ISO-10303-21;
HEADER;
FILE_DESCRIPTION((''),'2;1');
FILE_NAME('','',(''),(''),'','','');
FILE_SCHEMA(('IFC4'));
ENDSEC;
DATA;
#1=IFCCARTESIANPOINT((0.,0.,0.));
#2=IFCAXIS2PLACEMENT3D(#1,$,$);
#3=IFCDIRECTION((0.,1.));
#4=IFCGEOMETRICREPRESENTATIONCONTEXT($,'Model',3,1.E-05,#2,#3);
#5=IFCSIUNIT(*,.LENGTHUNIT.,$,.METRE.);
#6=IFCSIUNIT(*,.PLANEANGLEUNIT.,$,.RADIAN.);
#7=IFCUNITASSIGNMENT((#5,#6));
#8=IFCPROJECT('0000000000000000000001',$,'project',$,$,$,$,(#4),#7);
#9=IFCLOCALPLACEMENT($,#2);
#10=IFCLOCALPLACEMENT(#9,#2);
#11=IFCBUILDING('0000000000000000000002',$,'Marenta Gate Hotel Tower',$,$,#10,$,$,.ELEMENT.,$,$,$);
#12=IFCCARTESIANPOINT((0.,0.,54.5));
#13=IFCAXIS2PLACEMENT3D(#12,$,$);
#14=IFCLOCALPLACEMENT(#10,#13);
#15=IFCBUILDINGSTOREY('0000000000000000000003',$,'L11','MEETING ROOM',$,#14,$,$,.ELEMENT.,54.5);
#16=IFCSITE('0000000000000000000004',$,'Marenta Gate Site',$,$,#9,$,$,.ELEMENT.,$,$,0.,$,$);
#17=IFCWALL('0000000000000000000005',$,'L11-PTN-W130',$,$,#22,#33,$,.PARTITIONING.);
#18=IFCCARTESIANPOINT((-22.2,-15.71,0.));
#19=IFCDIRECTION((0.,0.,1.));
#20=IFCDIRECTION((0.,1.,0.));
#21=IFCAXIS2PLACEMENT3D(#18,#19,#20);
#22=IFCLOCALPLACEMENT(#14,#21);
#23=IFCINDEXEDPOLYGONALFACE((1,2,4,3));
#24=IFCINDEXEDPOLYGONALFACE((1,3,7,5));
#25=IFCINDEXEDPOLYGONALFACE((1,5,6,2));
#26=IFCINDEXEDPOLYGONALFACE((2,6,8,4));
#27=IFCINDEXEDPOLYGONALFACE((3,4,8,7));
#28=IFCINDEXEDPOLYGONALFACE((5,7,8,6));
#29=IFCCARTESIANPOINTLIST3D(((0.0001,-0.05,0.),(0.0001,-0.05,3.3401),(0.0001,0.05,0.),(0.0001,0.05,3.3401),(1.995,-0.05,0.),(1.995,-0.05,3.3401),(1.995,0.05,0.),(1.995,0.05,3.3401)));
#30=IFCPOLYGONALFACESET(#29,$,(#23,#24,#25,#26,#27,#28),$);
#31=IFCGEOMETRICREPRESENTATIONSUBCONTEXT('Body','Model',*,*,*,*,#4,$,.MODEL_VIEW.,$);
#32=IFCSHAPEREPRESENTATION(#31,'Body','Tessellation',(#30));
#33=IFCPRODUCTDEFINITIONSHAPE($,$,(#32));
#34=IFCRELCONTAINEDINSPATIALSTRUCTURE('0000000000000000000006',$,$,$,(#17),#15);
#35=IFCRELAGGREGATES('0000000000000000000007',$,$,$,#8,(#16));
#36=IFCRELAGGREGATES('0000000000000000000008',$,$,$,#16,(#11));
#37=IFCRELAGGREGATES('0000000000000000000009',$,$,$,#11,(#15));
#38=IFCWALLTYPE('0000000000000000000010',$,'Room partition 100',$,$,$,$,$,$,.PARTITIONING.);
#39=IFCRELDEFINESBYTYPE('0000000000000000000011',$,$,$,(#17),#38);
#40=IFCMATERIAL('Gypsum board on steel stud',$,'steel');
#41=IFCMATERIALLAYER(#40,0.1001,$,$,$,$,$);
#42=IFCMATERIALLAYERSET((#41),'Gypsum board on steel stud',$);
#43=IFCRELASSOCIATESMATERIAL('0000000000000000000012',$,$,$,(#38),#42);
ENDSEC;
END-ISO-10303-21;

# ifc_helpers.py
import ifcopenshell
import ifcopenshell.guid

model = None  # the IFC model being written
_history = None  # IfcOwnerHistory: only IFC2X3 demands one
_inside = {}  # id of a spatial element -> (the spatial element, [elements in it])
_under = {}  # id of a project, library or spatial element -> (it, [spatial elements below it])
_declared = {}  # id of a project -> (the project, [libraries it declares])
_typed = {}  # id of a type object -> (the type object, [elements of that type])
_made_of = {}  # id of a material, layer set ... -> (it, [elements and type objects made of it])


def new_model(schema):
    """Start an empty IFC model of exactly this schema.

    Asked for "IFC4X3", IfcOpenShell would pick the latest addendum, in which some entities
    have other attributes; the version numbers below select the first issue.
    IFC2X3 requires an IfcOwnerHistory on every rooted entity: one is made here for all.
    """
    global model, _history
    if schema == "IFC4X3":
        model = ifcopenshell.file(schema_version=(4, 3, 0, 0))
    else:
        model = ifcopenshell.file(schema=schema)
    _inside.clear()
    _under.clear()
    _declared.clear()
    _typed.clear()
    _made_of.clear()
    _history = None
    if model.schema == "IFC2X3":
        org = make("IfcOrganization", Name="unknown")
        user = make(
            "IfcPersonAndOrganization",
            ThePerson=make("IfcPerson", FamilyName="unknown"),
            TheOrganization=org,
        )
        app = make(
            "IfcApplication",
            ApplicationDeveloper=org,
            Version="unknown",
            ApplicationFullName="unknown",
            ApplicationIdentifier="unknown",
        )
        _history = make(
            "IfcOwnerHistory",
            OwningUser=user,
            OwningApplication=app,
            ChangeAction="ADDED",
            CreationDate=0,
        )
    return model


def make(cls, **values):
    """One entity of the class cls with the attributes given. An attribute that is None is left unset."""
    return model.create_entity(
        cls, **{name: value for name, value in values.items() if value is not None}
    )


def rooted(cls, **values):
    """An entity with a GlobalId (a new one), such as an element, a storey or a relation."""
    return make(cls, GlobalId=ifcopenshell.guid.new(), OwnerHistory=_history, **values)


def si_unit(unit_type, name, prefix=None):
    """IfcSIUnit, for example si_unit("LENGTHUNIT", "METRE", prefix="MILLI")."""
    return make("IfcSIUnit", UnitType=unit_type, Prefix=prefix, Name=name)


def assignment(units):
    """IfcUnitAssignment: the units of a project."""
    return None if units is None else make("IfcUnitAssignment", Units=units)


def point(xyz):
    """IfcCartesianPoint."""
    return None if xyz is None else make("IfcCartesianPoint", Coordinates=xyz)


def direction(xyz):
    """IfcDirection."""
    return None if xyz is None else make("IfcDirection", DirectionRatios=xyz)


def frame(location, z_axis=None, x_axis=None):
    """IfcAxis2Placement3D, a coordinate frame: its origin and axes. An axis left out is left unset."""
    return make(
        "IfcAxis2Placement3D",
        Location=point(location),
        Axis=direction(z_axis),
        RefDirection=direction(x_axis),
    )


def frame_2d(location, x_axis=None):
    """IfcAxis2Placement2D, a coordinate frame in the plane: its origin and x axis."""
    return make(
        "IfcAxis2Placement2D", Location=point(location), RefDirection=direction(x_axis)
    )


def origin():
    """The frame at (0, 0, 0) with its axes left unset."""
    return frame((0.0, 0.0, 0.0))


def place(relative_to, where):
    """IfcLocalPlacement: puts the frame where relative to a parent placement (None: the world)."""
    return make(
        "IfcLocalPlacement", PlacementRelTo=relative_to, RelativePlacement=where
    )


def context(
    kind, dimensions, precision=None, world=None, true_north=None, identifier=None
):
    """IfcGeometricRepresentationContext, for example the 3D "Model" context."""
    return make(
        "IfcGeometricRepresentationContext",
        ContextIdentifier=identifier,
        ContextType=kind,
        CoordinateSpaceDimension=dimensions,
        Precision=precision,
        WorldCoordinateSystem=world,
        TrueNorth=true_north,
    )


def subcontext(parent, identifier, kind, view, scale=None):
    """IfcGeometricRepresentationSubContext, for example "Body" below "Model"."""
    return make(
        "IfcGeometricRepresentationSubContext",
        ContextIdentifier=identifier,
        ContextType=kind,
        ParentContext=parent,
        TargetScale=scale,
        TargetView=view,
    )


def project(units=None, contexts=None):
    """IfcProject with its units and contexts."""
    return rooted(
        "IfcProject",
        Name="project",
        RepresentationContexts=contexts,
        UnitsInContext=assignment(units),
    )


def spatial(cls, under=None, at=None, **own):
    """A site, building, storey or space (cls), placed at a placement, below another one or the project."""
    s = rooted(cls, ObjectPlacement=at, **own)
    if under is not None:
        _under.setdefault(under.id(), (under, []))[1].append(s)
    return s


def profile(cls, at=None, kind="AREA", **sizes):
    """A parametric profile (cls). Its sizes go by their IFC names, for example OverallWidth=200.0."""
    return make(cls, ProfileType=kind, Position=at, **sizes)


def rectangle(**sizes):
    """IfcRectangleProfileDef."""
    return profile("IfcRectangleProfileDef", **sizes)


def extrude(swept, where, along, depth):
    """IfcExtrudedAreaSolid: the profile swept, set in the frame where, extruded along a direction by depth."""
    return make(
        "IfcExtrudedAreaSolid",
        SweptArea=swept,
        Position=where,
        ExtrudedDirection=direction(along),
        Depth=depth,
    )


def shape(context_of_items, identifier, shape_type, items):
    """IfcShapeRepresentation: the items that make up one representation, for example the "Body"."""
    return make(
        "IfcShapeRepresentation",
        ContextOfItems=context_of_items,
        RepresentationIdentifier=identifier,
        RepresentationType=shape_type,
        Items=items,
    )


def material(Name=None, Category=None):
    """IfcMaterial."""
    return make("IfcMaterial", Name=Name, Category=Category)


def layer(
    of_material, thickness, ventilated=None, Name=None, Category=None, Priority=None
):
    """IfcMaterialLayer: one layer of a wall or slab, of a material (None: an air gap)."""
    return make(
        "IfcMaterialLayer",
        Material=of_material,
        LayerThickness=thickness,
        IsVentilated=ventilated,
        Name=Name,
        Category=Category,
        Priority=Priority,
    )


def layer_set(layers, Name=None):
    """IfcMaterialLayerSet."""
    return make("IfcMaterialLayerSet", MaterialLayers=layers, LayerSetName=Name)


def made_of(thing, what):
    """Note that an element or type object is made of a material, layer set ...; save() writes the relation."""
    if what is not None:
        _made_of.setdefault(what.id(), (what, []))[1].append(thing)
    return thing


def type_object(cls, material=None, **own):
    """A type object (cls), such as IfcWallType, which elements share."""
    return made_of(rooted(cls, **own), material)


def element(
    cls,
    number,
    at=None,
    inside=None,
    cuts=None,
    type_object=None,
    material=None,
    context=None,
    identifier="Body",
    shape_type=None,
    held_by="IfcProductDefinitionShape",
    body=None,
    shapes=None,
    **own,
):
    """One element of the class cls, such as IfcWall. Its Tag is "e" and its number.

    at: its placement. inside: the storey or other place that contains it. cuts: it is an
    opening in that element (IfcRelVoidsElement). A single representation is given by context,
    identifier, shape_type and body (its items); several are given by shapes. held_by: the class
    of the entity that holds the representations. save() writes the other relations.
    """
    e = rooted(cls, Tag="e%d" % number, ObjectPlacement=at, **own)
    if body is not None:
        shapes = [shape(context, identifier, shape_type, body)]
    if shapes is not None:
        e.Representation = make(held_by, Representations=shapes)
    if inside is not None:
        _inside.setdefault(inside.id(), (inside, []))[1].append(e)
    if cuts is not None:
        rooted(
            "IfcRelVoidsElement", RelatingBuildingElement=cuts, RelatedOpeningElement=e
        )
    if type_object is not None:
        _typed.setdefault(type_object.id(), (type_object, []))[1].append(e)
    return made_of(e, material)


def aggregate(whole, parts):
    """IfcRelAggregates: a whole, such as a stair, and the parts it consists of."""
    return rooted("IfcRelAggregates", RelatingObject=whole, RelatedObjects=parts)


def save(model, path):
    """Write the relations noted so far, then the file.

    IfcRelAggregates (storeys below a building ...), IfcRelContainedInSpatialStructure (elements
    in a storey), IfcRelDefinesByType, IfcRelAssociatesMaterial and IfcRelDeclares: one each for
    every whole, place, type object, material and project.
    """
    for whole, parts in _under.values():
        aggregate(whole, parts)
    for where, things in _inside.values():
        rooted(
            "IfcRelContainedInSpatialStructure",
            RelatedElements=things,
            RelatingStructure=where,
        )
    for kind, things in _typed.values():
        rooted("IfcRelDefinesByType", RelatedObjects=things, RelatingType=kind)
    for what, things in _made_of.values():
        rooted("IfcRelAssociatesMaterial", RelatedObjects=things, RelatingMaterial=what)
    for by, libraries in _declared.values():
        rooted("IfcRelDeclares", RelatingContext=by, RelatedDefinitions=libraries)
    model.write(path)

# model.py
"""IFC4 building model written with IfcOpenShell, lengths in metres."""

from ifc_helpers import new_model, si_unit, direction, frame, frame_2d, origin, place, context, subcontext, project, spatial, rectangle, extrude, material, layer, layer_set, type_object, element, save


model = new_model("IFC4")

# Units and contexts
model_context = context("Model", 3, precision=1e-05, world=origin(), true_north=direction((0.0, 1.0)))
body_context = subcontext(model_context, "Body", "Model", "MODEL_VIEW")
ifc_project = project(units=[si_unit("LENGTHUNIT", "METRE"), si_unit("PLANEANGLEUNIT", "RADIAN")], contexts=[model_context])

# Site, building, storey
site_placement = place(None, origin())
site = spatial("IfcSite", under=ifc_project, at=site_placement, Name="Marenta Gate Site", CompositionType="ELEMENT", RefElevation=0.0)
building_placement = place(site_placement, origin())
building = spatial("IfcBuilding", under=site, at=building_placement, Name="Marenta Gate Hotel Tower", CompositionType="ELEMENT")
storey_placement = place(building_placement, frame((0.0, 0.0, 54.5)))
storey = spatial("IfcBuildingStorey", under=building, at=storey_placement, Name="L11", Description="MEETING ROOM", CompositionType="ELEMENT", Elevation=54.5)

# Shared definitions
ifc_material_1 = material(Name="Gypsum board on steel stud", Category="steel")
ifc_layer_1 = layer(ifc_material_1, 0.1001)
ifc_layer_set_1 = layer_set([ifc_layer_1], Name="Gypsum board on steel stud")
wall_type_1 = type_object("IfcWallType", Name="Room partition 100", PredefinedType="PARTITIONING", material=ifc_layer_set_1)

# Wall
wall_1_placement = place(storey_placement, frame((-22.2, -15.71, 0.0), z_axis=(0.0, 0.0, 1.0), x_axis=(0.0, 1.0, 0.0)))
element("IfcWall", 1, at=wall_1_placement, inside=storey, type_object=wall_type_1, Name="L11-PTN-W130", PredefinedType="PARTITIONING", context=body_context, shape_type="SweptSolid", body=[
    extrude(rectangle(XDim=1.9949, YDim=0.1001, at=frame_2d((0.9976, 0.0))), origin(), (0.0, 0.0, 1.0), 3.3401),
])

save(model, "model.ifc")
